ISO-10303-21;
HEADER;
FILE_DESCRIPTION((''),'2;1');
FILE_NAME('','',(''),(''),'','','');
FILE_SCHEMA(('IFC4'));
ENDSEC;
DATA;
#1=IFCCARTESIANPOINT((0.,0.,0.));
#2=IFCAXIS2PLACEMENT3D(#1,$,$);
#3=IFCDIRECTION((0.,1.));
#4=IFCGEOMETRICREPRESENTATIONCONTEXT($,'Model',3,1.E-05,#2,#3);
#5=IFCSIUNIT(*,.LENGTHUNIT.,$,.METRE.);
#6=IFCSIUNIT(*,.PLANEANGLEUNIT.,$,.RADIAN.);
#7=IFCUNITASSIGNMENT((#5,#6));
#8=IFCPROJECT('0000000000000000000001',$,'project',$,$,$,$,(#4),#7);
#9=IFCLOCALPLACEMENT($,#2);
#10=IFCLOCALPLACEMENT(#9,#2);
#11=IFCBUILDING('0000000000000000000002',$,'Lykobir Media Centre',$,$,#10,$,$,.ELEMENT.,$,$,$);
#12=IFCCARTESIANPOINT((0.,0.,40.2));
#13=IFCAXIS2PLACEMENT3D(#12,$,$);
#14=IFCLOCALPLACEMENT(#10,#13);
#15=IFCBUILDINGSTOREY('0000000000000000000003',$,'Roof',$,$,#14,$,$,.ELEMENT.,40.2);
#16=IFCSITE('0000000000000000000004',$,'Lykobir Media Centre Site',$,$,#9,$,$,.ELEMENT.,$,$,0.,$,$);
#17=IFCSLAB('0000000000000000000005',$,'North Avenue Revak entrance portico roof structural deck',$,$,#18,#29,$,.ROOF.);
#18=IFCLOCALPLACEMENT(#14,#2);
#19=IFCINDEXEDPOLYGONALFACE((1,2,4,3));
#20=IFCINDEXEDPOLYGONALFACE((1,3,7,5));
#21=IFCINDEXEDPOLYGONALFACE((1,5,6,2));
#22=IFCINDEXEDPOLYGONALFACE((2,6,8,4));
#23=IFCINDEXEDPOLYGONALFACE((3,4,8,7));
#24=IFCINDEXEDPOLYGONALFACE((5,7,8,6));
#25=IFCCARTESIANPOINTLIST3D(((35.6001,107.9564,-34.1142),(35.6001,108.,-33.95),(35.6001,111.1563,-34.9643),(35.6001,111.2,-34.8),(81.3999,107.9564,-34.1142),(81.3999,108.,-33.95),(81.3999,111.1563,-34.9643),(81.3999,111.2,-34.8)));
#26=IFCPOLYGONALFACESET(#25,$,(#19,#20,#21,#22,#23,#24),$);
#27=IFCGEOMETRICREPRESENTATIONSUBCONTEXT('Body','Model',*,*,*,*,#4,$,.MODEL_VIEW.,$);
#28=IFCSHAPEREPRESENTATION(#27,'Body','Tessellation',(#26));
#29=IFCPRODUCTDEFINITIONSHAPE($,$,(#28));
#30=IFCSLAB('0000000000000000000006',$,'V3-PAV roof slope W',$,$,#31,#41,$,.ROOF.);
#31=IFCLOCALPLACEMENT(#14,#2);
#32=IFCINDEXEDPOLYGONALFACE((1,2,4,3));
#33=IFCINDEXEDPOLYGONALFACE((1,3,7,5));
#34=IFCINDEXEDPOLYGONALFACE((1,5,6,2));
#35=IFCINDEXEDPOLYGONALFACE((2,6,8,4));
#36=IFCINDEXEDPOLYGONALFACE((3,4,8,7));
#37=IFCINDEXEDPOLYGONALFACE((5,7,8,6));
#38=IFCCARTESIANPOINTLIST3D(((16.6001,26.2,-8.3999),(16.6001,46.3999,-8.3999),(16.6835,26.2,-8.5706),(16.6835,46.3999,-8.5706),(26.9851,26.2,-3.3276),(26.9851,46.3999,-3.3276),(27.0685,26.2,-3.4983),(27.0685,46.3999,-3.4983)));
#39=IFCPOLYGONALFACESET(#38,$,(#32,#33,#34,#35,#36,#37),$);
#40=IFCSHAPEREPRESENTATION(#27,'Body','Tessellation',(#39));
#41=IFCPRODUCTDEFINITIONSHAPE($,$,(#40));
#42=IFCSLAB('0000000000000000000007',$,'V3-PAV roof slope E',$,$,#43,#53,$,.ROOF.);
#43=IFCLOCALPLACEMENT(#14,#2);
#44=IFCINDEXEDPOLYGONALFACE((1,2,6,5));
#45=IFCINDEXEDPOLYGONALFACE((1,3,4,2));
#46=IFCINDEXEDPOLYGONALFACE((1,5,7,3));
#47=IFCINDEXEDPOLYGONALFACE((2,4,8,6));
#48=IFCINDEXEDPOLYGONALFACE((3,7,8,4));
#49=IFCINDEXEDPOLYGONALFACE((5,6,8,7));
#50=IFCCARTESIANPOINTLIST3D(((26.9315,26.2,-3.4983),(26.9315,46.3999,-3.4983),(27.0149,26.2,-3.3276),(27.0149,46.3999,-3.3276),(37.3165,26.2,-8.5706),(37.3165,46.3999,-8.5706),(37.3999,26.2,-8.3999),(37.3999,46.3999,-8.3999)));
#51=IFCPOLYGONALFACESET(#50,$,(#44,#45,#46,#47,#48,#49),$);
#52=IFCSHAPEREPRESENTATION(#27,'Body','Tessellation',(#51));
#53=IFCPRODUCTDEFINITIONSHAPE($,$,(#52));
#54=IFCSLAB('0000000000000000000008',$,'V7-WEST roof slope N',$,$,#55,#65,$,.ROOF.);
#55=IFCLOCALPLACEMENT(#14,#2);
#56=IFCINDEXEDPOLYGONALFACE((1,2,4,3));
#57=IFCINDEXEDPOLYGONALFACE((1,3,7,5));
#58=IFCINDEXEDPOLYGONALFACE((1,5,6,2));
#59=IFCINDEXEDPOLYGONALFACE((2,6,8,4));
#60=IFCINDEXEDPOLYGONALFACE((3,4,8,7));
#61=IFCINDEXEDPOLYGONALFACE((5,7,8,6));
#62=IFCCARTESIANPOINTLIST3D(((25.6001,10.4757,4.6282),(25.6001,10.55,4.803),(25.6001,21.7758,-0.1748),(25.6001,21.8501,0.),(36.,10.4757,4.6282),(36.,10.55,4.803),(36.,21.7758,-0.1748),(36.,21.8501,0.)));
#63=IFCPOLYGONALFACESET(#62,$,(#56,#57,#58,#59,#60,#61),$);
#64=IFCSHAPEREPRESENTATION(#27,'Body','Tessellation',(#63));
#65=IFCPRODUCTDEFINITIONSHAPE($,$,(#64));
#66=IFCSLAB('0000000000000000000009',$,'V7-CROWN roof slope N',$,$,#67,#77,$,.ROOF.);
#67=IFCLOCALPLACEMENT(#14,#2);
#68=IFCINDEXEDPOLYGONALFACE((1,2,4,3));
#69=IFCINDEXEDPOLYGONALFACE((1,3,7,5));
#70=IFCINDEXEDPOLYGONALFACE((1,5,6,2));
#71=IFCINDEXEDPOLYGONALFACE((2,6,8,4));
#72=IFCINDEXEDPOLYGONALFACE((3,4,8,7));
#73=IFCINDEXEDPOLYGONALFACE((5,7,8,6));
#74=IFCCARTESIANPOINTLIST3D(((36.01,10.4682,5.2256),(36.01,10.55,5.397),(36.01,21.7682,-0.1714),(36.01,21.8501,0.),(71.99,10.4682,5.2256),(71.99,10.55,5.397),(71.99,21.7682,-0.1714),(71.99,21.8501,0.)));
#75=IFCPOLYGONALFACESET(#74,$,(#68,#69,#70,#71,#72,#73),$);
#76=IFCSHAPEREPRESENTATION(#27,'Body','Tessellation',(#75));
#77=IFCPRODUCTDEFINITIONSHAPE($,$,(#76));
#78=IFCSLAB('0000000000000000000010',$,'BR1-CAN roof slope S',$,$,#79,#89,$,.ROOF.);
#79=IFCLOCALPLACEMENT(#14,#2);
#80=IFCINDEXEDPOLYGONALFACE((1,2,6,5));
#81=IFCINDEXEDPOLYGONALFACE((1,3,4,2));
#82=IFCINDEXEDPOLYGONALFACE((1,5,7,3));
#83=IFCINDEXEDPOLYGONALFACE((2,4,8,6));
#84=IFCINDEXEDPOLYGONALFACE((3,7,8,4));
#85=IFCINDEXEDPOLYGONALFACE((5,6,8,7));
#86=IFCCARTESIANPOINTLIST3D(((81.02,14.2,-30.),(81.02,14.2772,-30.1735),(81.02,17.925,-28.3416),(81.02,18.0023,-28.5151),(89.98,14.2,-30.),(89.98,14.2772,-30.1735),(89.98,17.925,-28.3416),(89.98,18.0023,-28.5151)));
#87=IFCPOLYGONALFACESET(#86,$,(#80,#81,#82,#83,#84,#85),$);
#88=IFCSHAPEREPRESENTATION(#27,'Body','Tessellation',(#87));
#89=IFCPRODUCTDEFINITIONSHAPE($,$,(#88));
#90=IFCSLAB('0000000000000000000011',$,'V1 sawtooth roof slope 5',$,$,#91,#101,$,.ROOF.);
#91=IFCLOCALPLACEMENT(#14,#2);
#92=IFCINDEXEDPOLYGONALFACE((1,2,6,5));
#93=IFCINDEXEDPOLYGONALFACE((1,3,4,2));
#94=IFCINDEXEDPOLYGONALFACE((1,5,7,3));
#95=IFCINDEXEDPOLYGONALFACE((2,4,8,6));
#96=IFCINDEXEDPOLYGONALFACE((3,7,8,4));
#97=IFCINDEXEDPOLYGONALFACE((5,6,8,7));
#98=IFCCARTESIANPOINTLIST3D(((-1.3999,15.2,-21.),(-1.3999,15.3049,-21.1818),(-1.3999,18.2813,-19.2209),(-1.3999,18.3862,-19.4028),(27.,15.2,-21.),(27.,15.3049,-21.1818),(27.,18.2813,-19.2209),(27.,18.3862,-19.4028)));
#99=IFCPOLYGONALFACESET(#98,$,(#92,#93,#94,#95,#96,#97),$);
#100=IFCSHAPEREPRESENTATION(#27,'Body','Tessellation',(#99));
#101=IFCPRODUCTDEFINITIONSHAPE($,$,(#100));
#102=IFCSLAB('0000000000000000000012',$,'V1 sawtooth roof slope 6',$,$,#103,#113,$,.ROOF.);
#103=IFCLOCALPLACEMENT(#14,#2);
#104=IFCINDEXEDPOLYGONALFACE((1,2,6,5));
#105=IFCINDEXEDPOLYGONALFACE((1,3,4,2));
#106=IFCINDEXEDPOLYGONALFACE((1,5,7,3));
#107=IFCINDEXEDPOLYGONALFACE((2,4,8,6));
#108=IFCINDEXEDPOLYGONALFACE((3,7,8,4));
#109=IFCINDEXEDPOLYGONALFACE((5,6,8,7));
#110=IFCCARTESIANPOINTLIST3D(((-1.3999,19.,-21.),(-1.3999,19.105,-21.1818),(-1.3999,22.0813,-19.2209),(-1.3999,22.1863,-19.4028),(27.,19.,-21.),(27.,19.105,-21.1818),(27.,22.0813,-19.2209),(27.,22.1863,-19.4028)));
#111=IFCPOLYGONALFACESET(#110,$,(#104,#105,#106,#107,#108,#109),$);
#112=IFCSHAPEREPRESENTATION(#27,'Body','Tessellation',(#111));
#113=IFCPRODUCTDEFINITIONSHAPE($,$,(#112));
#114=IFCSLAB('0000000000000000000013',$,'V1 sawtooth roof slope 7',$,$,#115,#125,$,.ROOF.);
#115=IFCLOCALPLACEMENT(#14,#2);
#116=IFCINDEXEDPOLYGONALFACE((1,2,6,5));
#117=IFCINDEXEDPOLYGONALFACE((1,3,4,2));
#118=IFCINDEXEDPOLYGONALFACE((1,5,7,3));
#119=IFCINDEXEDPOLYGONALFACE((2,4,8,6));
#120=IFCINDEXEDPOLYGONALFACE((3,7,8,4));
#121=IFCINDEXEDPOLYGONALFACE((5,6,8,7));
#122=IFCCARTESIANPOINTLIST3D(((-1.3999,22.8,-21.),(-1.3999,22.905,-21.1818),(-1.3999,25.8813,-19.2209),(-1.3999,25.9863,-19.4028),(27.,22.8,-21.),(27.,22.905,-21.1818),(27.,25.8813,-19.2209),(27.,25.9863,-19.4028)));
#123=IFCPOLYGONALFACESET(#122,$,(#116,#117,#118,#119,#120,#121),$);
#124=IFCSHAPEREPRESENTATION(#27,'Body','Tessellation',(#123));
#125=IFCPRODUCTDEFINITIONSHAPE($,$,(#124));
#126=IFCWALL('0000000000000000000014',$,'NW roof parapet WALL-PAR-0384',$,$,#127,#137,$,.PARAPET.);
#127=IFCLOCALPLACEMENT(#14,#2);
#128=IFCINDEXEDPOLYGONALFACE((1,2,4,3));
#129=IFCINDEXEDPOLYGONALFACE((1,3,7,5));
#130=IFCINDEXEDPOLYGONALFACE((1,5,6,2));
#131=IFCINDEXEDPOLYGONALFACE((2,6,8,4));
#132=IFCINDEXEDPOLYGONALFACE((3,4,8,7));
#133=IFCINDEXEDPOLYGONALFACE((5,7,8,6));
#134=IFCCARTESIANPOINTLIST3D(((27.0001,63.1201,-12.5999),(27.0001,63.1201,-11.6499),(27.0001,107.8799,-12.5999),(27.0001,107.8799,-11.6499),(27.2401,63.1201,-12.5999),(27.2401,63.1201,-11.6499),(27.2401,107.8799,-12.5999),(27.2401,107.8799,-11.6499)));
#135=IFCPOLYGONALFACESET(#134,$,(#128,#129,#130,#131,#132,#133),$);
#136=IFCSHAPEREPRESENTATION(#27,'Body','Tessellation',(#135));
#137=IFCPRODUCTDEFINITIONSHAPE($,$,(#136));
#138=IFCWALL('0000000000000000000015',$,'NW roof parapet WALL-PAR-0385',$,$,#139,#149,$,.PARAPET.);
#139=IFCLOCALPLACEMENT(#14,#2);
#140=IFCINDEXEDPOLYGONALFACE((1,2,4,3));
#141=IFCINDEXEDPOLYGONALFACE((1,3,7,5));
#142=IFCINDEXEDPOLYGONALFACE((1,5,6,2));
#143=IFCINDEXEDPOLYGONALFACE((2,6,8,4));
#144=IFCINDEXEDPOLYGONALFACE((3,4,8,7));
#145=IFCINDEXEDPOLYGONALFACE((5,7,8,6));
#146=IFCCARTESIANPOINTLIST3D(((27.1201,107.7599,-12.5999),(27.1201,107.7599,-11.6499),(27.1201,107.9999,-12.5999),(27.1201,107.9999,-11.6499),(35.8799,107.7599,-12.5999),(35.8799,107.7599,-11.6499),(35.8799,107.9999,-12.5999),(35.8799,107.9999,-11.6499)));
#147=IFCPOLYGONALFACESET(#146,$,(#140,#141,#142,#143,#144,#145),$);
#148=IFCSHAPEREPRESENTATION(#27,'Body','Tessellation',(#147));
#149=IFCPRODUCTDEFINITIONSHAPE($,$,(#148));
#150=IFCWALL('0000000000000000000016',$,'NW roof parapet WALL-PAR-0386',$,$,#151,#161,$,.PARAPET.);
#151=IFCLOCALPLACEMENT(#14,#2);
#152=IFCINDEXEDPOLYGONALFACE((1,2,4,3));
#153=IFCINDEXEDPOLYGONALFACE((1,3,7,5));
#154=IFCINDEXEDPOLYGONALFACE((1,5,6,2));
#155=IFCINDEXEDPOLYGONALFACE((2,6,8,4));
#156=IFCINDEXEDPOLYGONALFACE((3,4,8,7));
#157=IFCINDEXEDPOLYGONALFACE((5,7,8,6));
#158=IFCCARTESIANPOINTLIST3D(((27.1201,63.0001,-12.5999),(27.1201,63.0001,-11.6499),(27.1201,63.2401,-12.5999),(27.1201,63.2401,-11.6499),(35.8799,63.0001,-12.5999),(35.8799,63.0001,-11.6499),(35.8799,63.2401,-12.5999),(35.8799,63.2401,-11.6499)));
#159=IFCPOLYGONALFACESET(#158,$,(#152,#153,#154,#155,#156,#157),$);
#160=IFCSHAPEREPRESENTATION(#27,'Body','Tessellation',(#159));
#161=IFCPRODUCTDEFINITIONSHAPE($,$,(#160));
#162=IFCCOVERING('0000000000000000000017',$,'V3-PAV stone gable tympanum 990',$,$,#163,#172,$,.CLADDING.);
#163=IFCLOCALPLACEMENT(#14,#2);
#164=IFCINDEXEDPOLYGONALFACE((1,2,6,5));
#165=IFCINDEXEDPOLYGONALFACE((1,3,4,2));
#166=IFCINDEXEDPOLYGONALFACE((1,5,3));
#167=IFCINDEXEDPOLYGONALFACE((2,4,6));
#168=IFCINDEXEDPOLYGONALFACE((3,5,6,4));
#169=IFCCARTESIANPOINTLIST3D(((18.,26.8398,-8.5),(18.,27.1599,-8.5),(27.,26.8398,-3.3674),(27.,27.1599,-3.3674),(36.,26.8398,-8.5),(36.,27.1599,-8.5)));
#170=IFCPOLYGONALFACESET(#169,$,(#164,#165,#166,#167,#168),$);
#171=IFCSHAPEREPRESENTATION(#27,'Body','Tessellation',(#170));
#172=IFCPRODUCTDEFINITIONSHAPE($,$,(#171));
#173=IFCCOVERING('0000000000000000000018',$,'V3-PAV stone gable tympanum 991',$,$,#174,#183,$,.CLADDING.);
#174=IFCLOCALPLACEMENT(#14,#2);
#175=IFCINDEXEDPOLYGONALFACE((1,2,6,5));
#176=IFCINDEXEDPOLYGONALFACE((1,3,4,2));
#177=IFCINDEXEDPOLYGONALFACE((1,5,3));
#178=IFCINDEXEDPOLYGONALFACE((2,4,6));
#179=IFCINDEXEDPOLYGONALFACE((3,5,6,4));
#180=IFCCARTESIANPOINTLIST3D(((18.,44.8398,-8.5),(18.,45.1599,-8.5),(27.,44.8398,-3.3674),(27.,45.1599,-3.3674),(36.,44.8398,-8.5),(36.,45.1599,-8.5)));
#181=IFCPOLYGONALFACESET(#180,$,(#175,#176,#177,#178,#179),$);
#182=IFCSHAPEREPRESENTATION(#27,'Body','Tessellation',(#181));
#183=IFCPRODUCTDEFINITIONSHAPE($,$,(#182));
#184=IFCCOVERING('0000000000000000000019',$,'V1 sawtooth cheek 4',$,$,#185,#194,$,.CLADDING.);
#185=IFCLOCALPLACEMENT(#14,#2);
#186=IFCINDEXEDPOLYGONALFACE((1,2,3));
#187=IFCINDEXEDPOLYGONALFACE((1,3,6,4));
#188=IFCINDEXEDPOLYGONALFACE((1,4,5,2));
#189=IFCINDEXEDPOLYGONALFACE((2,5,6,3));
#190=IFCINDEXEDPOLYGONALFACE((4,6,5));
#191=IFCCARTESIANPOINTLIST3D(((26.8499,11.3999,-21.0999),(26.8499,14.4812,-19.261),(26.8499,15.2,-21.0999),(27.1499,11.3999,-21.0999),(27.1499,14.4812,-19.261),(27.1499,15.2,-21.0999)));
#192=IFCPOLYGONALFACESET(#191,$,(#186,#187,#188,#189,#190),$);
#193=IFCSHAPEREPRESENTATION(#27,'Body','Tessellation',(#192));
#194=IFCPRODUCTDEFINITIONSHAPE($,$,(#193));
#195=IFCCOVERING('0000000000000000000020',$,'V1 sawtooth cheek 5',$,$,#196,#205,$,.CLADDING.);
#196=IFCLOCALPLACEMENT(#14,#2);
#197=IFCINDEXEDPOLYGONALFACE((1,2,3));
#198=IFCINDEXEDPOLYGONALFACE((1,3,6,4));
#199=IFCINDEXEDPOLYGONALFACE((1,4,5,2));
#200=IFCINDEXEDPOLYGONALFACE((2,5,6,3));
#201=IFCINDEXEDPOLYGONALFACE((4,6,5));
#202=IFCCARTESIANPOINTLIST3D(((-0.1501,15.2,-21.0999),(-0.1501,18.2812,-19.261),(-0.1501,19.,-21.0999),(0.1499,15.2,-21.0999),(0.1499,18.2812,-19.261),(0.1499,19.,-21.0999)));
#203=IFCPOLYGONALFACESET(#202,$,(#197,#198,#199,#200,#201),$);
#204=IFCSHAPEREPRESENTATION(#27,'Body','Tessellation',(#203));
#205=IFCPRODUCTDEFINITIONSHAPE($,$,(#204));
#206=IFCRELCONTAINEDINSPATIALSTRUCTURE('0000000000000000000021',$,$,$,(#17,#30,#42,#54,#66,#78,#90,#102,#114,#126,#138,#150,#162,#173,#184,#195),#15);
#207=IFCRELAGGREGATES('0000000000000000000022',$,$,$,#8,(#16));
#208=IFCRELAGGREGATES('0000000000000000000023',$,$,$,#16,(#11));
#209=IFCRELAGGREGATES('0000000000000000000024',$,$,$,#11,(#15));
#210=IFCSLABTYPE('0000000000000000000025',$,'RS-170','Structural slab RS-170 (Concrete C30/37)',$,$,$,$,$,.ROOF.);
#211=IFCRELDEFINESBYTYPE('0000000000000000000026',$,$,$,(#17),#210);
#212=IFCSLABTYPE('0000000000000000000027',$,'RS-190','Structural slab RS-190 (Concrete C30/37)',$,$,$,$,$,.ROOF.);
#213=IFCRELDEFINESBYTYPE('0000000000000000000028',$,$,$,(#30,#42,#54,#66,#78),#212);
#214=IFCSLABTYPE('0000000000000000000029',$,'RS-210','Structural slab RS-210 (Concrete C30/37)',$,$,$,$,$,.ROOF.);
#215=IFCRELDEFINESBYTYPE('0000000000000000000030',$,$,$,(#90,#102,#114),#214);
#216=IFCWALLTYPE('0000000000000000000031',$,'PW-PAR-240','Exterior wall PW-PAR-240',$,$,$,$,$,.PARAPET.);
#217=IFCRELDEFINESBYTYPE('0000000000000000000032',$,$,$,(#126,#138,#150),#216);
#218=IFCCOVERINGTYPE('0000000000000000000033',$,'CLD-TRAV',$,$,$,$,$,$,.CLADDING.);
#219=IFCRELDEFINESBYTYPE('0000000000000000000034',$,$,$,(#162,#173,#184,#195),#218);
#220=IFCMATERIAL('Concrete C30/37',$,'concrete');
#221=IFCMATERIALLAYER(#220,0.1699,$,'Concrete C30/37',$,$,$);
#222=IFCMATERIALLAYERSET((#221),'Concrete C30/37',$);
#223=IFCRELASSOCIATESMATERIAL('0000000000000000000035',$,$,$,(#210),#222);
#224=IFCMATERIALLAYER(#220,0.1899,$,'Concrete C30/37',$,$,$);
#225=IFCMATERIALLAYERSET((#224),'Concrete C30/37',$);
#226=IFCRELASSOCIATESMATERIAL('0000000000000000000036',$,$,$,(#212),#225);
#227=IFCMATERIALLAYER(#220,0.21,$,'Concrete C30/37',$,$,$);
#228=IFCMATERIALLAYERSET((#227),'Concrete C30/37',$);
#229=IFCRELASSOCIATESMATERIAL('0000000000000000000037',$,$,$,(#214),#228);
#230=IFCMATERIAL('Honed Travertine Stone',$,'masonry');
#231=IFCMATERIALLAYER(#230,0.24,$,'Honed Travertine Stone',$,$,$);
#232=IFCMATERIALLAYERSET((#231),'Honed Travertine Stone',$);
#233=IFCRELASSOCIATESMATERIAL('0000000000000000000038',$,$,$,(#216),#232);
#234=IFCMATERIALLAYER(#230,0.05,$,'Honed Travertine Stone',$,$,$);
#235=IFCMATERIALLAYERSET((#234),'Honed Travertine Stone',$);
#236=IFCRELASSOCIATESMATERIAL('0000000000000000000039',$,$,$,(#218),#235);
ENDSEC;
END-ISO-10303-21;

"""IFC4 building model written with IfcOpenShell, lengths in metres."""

from ifc_helpers import new_model, si_unit, direction, frame, frame_2d, origin, place, context, subcontext, project, spatial, polyline, rectangle, outline, extrude, material, layer, layer_set, type_object, element, save


model = new_model("IFC4")

# Units and contexts
model_context = context("Model", 3, precision=1e-05, world=origin(), true_north=direction((0.0, 1.0)))
body_context = subcontext(model_context, "Body", "Model", "MODEL_VIEW")
ifc_project = project(units=[si_unit("LENGTHUNIT", "METRE"), si_unit("PLANEANGLEUNIT", "RADIAN")], contexts=[model_context])

# Site, building, storey
site_placement = place(None, origin())
site = spatial("IfcSite", under=ifc_project, at=site_placement, Name="Lykobir Media Centre Site", CompositionType="ELEMENT", RefElevation=0.0)
building_placement = place(site_placement, origin())
building = spatial("IfcBuilding", under=site, at=building_placement, Name="Lykobir Media Centre", CompositionType="ELEMENT")
storey_placement = place(building_placement, frame((0.0, 0.0, 40.2)))
storey = spatial("IfcBuildingStorey", under=building, at=storey_placement, Name="Roof", CompositionType="ELEMENT", Elevation=40.2)

# Slabs
ifc_material_1 = material(Name="Concrete C30/37", Category="concrete")
ifc_layer_1 = layer(ifc_material_1, 0.1699, Name="Concrete C30/37")
ifc_layer_set_1 = layer_set([ifc_layer_1], Name="Concrete C30/37")
slab_type_1 = type_object("IfcSlabType", Name="RS-170", Description="Structural slab RS-170 (Concrete C30/37)", PredefinedType="ROOF", material=ifc_layer_set_1)
slab_1_placement = place(storey_placement, frame((35.6001, 111.2, -34.8), z_axis=(0.0, 0.256754, 0.966477), x_axis=(1.0, 0.0, 0.0)))
element("IfcSlab", 1, at=slab_1_placement, inside=storey, type_object=slab_type_1, Name="North Avenue Revak entrance portico roof structural deck", PredefinedType="ROOF", context=body_context, shape_type="SweptSolid", body=[
    extrude(outline(polyline([(0.0, 0.0), (45.7998, 0.0), (45.7998, -3.3109), (0.0, -3.3109), (0.0, 0.0)])), origin(), (0.0, 0.0, -1.0), 0.1699),
])
ifc_layer_2 = layer(ifc_material_1, 0.1899, Name="Concrete C30/37")
ifc_layer_set_2 = layer_set([ifc_layer_2], Name="Concrete C30/37")
slab_type_2 = type_object("IfcSlabType", Name="RS-190", Description="Structural slab RS-190 (Concrete C30/37)", PredefinedType="ROOF", material=ifc_layer_set_2)
for number, where, z_axis, x_axis, name in (
    (2, (16.6001, 46.3999, -8.3999), (-0.438871, 0.0, 0.89855), (0.0, -1.0, 0.0), "V3-PAV roof slope W"),
    (3, (37.3999, 26.2, -8.3999), (0.438871, 0.0, 0.89855), (0.0, 1.0, 0.0), "V3-PAV roof slope E"),
):
    element("IfcSlab", number, at=place(storey_placement, frame(where, z_axis=z_axis, x_axis=x_axis)), inside=storey, type_object=slab_type_2, Name=name, PredefinedType="ROOF", context=body_context, shape_type="SweptSolid", body=[
        extrude(outline(polyline([(0.0, 0.0), (20.2, 0.0), (20.2, 11.5575), (0.0, 11.5575), (0.0, 0.0)])), origin(), (0.0, 0.0, -1.0), 0.1899),
    ])
slab_2_placement = place(storey_placement, frame((36.0, 21.8501, 0.0), z_axis=(0.0, 0.391172, 0.920317), x_axis=(-1.0, 0.0, 0.0)))
element("IfcSlab", 4, at=slab_2_placement, inside=storey, type_object=slab_type_2, Name="V7-WEST roof slope N", PredefinedType="ROOF", context=body_context, shape_type="SweptSolid", body=[
    extrude(outline(polyline([(0.0, 0.0), (10.3999, 0.0), (10.3999, 12.2784), (0.0, 12.2784), (0.0, 0.0)])), origin(), (0.0, 0.0, -1.0), 0.1899),
])
slab_3_placement = place(storey_placement, frame((71.99, 21.8501, 0.0), z_axis=(0.0, 0.430975, 0.902364), x_axis=(-1.0, 0.0, 0.0)))
element("IfcSlab", 5, at=slab_3_placement, inside=storey, type_object=slab_type_2, Name="V7-CROWN roof slope N", PredefinedType="ROOF", context=body_context, shape_type="SweptSolid", body=[
    extrude(outline(polyline([(0.0, 0.0), (35.98, 0.0), (35.98, 12.5227), (0.0, 12.5227), (0.0, 0.0)])), origin(), (0.0, 0.0, -1.0), 0.1899),
])
slab_4_placement = place(storey_placement, frame((81.02, 14.2, -30.0), z_axis=(0.0, -0.406722, 0.913552), x_axis=(1.0, 0.0, 0.0)))
element("IfcSlab", 6, at=slab_4_placement, inside=storey, type_object=slab_type_2, Name="BR1-CAN roof slope S", PredefinedType="ROOF", context=body_context, shape_type="SweptSolid", body=[
    extrude(outline(polyline([(0.0, 0.0), (8.96, 0.0), (8.96, 4.0776), (0.0, 4.0776), (0.0, 0.0)])), origin(), (0.0, 0.0, -1.0), 0.1899),
])
ifc_layer_3 = layer(ifc_material_1, 0.21, Name="Concrete C30/37")
ifc_layer_set_3 = layer_set([ifc_layer_3], Name="Concrete C30/37")
slab_type_3 = type_object("IfcSlabType", Name="RS-210", Description="Structural slab RS-210 (Concrete C30/37)", PredefinedType="ROOF", material=ifc_layer_set_3)
for number, where, z_axis, x_axis, name in (
    (7, (-1.3999, 15.2, -21.0), (0.0, -0.500013, 0.866018), (1.0, 0.0, 0.0), "V1 sawtooth roof slope 5"),
    (8, (-1.3999, 19.0, -21.0), (0.0, -0.500013, 0.866018), (1.0, 0.0, 0.0), "V1 sawtooth roof slope 6"),
    (9, (-1.3999, 22.8, -21.0), (0.0, -0.500013, 0.866018), (1.0, 0.0, 0.0), "V1 sawtooth roof slope 7"),
):
    element("IfcSlab", number, at=place(storey_placement, frame(where, z_axis=z_axis, x_axis=x_axis)), inside=storey, type_object=slab_type_3, Name=name, PredefinedType="ROOF", context=body_context, shape_type="SweptSolid", body=[
        extrude(outline(polyline([(0.0, 0.0), (28.3999, 0.0), (28.3999, 3.558), (0.0, 3.558), (0.0, 0.0)])), origin(), (0.0, 0.0, -1.0), 0.21),
    ])

# Walls
ifc_material_2 = material(Name="Honed Travertine Stone", Category="masonry")
ifc_layer_4 = layer(ifc_material_2, 0.24, Name="Honed Travertine Stone")
ifc_layer_set_4 = layer_set([ifc_layer_4], Name="Honed Travertine Stone")
wall_type = type_object("IfcWallType", Name="PW-PAR-240", Description="Exterior wall PW-PAR-240", PredefinedType="PARAPET", material=ifc_layer_set_4)
wall_placement = place(storey_placement, frame((27.1201, 63.1201, -12.5999), z_axis=(0.0, 0.0, 1.0), x_axis=(0.0, 1.0, 0.0)))
element("IfcWall", 10, at=wall_placement, inside=storey, type_object=wall_type, Name="NW roof parapet WALL-PAR-0384", PredefinedType="PARAPET", context=body_context, shape_type="SweptSolid", body=[
    extrude(rectangle(XDim=44.7598, YDim=0.24, at=frame_2d((22.3799, 0.0))), origin(), (0.0, 0.0, 1.0), 0.95),
])
for number, where, z_axis, x_axis, name in (
    (11, (27.1201, 107.8799, -12.5999), (0.0, 0.0, 1.0), (1.0, 0.0, 0.0), "NW roof parapet WALL-PAR-0385"),
    (12, (27.1201, 63.1201, -12.5999), (0.0, 0.0, 1.0), (1.0, 0.0, 0.0), "NW roof parapet WALL-PAR-0386"),
):
    element("IfcWall", number, at=place(storey_placement, frame(where, z_axis=z_axis, x_axis=x_axis)), inside=storey, type_object=wall_type, Name=name, PredefinedType="PARAPET", context=body_context, shape_type="SweptSolid", body=[
        extrude(rectangle(XDim=8.7598, YDim=0.24, at=frame_2d((4.3799, 0.0))), origin(), (0.0, 0.0, 1.0), 0.95),
    ])

# Coverings
ifc_layer_5 = layer(ifc_material_2, 0.05, Name="Honed Travertine Stone")
ifc_layer_set_5 = layer_set([ifc_layer_5], Name="Honed Travertine Stone")
covering_type_1 = type_object("IfcCoveringType", Name="CLD-TRAV", PredefinedType="CLADDING", material=ifc_layer_set_5)
for number, where, z_axis, x_axis, name in (
    (13, (36.0, 27.1599, -8.5), (0.0, 1.0, 0.0), (-1.0, 0.0, 0.0), "V3-PAV stone gable tympanum 990"),
    (14, (36.0, 45.1599, -8.5), (0.0, 1.0, 0.0), (-1.0, 0.0, 0.0), "V3-PAV stone gable tympanum 991"),
):
    element("IfcCovering", number, at=place(storey_placement, frame(where, z_axis=z_axis, x_axis=x_axis)), inside=storey, type_object=covering_type_1, Name=name, PredefinedType="CLADDING", context=body_context, shape_type="SweptSolid", body=[
        extrude(outline(polyline([(0.0, 0.0), (18.0, 0.0), (9.0, 5.1326), (0.0, 0.0)])), origin(), (0.0, 0.0, -1.0), 0.3201),
    ])
for number, where, z_axis, x_axis, name in (
    (15, (27.1499, 11.3999, -21.0999), (1.0, 0.0, 0.0), (0.0, 1.0, 0.0), "V1 sawtooth cheek 4"),
    (16, (0.1499, 15.2, -21.0999), (1.0, 0.0, 0.0), (0.0, 1.0, 0.0), "V1 sawtooth cheek 5"),
):
    element("IfcCovering", number, at=place(storey_placement, frame(where, z_axis=z_axis, x_axis=x_axis)), inside=storey, type_object=covering_type_1, Name=name, PredefinedType="CLADDING", context=body_context, shape_type="SweptSolid", body=[
        extrude(outline(polyline([(0.0, 0.0), (3.8, 0.0), (3.0813, 1.8389), (0.0, 0.0)])), origin(), (0.0, 0.0, -1.0), 0.3),
    ])

save(model, "model.ifc")
